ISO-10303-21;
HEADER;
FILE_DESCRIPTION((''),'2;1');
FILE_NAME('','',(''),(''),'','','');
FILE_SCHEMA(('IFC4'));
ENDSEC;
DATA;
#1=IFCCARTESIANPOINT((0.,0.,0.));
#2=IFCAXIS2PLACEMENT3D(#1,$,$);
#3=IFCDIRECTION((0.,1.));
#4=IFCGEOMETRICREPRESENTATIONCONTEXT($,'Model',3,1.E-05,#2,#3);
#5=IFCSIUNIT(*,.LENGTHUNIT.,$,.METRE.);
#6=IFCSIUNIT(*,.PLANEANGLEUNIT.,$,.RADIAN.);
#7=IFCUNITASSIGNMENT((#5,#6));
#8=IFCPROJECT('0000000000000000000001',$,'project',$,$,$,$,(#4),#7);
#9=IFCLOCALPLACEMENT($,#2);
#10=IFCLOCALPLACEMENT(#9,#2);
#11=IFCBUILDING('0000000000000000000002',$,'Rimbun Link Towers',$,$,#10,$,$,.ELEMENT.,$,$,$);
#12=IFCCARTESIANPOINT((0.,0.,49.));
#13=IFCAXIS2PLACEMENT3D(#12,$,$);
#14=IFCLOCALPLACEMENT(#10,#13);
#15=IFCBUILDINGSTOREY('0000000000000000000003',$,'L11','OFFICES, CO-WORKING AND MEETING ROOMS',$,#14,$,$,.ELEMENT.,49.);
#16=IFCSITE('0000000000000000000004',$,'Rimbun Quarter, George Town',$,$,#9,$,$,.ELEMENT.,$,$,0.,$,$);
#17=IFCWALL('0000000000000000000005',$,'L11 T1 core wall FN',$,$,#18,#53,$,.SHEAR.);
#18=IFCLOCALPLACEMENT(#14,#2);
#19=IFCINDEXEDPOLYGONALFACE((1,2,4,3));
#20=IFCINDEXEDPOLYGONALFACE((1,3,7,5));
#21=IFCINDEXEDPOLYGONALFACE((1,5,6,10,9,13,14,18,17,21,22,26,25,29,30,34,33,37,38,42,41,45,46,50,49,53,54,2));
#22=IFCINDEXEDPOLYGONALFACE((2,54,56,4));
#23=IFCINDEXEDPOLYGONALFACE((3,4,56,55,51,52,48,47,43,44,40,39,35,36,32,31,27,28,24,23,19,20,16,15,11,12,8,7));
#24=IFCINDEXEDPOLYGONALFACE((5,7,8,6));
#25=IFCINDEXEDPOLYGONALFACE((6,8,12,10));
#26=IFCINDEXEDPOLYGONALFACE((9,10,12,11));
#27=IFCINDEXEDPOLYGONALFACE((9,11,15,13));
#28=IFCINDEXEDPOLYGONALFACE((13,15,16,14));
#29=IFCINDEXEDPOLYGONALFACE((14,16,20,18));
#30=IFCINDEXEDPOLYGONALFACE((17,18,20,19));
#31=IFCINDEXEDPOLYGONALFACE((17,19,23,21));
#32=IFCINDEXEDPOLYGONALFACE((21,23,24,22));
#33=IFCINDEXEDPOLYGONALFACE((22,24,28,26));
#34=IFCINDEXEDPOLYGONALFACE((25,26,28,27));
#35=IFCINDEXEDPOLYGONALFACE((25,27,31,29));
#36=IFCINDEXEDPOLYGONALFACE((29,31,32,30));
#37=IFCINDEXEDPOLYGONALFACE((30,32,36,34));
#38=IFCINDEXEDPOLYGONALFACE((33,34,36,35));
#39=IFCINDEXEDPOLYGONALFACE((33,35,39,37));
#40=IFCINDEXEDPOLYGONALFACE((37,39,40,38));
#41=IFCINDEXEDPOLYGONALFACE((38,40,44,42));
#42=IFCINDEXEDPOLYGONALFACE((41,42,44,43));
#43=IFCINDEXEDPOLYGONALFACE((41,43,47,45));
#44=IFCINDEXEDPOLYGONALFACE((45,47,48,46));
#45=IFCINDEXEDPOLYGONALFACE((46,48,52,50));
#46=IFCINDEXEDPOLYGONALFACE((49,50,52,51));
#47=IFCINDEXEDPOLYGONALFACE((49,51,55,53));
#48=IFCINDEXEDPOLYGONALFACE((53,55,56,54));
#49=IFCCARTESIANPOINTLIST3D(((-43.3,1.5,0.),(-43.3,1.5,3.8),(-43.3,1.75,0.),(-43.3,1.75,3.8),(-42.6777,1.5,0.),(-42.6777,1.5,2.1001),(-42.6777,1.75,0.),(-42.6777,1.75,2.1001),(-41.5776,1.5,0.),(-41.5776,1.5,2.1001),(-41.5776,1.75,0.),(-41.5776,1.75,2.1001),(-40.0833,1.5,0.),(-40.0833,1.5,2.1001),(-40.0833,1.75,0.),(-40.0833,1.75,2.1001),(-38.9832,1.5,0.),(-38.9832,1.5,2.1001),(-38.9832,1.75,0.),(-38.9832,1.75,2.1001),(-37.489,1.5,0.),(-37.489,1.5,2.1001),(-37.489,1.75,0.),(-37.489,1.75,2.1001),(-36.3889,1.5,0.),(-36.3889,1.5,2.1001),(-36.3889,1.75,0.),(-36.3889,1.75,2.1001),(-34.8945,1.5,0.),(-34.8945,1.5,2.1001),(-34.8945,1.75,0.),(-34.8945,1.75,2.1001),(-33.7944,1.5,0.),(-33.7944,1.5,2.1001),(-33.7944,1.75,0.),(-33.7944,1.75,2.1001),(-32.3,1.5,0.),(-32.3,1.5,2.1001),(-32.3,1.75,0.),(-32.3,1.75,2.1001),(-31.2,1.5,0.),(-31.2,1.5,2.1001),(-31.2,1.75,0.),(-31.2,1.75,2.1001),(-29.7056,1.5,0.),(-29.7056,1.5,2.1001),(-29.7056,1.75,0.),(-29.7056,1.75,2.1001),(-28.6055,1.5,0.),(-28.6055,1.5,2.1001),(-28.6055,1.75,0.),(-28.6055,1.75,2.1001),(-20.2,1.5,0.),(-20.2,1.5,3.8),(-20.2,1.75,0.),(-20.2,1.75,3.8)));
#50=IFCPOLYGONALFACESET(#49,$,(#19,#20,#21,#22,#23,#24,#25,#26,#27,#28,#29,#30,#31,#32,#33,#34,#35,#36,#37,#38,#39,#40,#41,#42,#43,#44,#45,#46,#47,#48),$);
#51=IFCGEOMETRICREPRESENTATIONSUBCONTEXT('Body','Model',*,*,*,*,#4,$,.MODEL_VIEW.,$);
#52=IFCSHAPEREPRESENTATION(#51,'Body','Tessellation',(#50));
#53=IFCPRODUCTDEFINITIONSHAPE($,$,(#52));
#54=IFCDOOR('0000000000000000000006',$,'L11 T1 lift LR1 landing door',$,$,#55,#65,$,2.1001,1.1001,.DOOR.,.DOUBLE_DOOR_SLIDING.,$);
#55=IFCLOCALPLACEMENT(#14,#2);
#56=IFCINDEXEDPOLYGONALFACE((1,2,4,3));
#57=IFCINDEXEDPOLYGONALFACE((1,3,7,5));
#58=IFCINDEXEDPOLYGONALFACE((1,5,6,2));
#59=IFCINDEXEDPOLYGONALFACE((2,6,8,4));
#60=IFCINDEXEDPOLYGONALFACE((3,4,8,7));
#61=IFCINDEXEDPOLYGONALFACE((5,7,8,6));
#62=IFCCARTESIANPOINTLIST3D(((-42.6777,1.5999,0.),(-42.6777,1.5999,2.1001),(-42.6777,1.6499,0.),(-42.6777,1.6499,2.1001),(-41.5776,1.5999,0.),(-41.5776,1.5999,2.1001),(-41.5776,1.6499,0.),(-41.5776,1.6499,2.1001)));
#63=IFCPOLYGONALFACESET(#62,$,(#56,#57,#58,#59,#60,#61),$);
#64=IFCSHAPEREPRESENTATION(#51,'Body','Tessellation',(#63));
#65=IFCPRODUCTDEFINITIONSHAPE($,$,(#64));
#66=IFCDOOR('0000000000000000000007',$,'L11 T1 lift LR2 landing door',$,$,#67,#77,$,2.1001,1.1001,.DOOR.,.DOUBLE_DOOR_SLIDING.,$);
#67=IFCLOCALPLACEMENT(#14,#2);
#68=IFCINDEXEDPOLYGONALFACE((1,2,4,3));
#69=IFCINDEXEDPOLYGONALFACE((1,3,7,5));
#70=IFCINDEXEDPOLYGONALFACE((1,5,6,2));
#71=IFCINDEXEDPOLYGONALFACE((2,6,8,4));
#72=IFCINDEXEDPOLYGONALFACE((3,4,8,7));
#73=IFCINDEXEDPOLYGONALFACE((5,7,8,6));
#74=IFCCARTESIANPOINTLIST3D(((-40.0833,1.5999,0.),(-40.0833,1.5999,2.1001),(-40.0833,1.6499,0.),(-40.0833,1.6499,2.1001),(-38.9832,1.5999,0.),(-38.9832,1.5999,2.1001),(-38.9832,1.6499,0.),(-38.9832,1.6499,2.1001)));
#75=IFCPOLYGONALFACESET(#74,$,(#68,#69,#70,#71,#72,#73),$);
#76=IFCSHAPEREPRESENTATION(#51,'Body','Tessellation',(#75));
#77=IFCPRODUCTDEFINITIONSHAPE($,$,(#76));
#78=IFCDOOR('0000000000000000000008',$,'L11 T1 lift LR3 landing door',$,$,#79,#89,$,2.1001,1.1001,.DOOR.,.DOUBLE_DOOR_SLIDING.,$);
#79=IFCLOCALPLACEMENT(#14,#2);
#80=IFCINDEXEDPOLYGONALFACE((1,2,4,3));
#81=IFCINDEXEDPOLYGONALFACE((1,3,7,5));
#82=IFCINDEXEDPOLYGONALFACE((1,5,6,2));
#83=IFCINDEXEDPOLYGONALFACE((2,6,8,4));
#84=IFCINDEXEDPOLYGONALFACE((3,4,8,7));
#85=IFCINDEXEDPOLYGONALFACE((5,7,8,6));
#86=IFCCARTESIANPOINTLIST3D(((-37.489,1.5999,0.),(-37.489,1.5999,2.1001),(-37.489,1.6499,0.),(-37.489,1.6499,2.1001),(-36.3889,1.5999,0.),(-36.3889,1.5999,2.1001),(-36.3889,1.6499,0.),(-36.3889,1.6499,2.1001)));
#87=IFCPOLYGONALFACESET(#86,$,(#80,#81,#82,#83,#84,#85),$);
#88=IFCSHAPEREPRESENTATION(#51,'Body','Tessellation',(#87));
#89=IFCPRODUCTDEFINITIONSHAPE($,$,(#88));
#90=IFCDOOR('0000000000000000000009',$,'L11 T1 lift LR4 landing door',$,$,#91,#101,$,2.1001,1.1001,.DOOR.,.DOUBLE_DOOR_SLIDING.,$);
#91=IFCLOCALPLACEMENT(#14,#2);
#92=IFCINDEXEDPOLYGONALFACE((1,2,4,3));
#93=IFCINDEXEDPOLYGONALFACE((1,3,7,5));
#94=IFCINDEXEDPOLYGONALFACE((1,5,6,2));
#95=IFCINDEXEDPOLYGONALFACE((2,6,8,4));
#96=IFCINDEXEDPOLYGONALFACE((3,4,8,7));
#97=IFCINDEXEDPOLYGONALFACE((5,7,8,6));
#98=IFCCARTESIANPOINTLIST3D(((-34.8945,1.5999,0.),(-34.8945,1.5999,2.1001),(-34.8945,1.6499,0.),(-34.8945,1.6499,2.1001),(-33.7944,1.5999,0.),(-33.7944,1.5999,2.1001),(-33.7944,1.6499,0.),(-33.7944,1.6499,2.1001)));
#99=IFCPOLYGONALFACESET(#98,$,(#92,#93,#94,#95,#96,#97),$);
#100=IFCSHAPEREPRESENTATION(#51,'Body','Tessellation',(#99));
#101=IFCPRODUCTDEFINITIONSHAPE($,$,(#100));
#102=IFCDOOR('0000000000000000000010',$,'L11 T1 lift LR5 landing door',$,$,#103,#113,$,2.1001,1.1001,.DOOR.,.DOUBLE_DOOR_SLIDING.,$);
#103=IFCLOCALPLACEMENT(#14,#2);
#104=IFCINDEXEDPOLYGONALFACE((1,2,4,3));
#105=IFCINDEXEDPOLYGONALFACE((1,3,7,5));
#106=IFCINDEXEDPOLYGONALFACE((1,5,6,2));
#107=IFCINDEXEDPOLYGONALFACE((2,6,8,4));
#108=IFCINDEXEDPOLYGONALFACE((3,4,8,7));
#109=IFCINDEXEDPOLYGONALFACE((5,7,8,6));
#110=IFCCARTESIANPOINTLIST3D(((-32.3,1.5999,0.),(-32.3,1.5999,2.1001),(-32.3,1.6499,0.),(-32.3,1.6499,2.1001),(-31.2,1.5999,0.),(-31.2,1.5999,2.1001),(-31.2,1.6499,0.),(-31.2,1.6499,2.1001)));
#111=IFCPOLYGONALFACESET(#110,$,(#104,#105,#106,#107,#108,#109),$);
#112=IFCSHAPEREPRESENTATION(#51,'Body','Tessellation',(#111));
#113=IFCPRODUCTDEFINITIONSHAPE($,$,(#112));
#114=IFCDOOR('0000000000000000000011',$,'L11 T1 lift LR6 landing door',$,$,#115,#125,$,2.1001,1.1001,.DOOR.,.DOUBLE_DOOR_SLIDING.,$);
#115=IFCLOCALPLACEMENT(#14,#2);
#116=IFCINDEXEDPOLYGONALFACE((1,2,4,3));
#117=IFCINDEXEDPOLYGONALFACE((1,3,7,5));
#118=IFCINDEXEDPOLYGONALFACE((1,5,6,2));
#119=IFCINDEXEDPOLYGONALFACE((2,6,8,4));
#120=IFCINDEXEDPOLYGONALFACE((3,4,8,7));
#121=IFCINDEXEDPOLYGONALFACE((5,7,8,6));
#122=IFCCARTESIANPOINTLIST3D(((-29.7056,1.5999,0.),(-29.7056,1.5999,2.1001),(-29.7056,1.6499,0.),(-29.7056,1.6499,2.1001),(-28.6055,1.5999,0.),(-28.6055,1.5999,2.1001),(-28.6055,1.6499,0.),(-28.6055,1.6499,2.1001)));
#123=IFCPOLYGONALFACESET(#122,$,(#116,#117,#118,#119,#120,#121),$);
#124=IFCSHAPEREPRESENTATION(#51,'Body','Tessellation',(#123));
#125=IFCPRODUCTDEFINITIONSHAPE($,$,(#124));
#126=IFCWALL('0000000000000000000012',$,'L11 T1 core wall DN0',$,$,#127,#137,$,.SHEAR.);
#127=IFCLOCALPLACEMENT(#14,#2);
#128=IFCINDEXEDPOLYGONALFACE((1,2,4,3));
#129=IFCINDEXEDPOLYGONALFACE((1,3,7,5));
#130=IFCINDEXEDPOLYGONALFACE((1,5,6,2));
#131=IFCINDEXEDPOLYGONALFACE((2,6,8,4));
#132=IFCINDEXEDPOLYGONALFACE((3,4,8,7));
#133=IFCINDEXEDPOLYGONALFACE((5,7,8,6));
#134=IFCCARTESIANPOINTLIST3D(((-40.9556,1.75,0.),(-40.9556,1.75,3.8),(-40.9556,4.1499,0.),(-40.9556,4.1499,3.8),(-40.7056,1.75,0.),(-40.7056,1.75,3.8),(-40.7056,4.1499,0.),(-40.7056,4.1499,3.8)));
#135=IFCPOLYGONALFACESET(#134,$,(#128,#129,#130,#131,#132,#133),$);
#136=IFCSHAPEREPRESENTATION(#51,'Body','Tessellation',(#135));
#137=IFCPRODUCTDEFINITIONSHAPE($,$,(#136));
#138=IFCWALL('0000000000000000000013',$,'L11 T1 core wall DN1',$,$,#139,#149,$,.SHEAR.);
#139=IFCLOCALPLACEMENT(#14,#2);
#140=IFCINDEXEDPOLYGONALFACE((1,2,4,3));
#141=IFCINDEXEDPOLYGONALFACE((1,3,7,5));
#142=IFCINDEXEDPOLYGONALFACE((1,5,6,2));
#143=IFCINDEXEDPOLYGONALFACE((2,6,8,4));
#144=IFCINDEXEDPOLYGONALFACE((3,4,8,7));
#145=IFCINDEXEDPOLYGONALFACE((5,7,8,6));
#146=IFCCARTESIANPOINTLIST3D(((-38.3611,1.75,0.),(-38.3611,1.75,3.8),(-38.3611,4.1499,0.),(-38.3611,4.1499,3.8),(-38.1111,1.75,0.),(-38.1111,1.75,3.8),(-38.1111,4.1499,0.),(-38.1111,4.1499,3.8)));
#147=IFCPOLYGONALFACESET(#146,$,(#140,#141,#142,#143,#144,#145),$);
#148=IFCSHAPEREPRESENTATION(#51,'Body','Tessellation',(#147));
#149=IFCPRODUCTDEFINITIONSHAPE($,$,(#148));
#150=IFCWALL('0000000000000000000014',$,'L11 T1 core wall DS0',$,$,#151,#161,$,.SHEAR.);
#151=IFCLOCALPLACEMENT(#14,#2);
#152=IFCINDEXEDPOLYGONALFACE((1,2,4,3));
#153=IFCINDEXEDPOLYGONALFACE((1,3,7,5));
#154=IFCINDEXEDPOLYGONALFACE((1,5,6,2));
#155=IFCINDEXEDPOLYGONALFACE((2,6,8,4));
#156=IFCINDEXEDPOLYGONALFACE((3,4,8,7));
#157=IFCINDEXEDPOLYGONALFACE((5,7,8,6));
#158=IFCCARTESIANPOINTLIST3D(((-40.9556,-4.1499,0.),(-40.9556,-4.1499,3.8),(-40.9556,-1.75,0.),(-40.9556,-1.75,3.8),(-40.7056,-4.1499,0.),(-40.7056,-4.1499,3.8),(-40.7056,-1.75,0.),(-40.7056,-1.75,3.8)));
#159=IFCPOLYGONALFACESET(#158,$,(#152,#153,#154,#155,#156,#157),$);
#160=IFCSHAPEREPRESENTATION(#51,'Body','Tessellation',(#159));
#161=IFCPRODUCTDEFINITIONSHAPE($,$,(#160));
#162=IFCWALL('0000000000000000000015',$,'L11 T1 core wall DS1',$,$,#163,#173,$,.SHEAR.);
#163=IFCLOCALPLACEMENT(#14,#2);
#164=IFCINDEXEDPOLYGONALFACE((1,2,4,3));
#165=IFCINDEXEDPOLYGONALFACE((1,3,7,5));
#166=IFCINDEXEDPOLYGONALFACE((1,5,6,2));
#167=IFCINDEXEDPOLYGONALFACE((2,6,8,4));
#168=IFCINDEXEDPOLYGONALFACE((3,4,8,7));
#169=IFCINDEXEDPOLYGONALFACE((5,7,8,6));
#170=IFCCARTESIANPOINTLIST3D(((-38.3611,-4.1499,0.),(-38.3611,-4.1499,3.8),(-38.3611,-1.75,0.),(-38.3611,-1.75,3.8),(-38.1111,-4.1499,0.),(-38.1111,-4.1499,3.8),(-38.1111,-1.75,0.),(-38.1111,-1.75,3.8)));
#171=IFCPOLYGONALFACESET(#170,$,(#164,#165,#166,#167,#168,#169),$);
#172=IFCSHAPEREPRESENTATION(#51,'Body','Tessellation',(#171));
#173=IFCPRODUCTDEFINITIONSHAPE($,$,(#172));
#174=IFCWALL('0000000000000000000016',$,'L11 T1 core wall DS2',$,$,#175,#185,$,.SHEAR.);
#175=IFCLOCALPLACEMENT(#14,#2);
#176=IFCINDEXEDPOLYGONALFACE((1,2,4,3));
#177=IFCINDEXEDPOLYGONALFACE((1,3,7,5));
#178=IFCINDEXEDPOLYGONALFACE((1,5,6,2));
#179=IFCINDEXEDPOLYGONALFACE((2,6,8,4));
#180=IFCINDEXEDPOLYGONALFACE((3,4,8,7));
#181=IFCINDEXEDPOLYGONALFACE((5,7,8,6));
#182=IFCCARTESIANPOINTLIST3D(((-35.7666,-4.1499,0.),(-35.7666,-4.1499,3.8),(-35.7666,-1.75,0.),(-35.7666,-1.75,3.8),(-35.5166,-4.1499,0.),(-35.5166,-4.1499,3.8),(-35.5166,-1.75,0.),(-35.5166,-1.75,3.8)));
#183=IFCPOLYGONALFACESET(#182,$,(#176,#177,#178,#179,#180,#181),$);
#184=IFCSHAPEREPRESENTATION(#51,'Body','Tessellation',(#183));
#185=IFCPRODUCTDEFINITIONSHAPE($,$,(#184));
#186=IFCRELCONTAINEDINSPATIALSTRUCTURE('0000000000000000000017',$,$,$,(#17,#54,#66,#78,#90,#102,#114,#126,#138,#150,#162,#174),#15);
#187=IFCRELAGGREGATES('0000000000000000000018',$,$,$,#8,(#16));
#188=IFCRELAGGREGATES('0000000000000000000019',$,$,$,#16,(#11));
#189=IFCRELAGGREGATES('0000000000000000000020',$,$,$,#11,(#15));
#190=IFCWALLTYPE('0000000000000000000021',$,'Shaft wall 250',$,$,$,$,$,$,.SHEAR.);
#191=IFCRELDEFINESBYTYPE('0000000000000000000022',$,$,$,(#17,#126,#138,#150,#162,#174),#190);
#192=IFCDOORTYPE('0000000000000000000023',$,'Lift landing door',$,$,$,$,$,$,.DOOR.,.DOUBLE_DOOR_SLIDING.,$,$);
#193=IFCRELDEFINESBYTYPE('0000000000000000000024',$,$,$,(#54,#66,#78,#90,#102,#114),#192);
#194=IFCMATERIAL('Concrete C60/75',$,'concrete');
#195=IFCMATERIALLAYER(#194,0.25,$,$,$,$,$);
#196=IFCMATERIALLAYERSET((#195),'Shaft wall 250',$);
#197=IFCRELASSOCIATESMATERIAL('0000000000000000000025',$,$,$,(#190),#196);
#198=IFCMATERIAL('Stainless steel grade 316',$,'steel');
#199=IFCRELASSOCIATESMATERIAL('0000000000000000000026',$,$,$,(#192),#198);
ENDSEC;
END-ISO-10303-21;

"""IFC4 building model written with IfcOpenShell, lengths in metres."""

from ifc_helpers import new_model, si_unit, direction, frame, frame_2d, origin, place, context, subcontext, project, spatial, rectangle, extrude, material, layer, layer_set, type_object, element, fill, save


model = new_model("IFC4")

# Units and contexts
model_context = context("Model", 3, precision=1e-05, world=origin(), true_north=direction((0.0, 1.0)))
body_context = subcontext(model_context, "Body", "Model", "MODEL_VIEW")
ifc_project = project(units=[si_unit("LENGTHUNIT", "METRE"), si_unit("PLANEANGLEUNIT", "RADIAN")], contexts=[model_context])

# Site, building, storey
site_placement = place(None, origin())
site = spatial("IfcSite", under=ifc_project, at=site_placement, Name="Rimbun Quarter, George Town", CompositionType="ELEMENT", RefElevation=0.0)
building_placement = place(site_placement, origin())
building = spatial("IfcBuilding", under=site, at=building_placement, Name="Rimbun Link Towers", CompositionType="ELEMENT")
storey_placement = place(building_placement, frame((0.0, 0.0, 49.0)))
storey = spatial("IfcBuildingStorey", under=building, at=storey_placement, Name="L11", Description="OFFICES, CO-WORKING AND MEETING ROOMS", CompositionType="ELEMENT", Elevation=49.0)

# Wall, openings, doors
ifc_material_1 = material(Name="Concrete C60/75", Category="concrete")
ifc_layer_1 = layer(ifc_material_1, 0.25)
ifc_layer_set_1 = layer_set([ifc_layer_1], Name="Shaft wall 250")
wall_type_1 = type_object("IfcWallType", Name="Shaft wall 250", PredefinedType="SHEAR", material=ifc_layer_set_1)
wall_1_placement = place(storey_placement, frame((-43.3, 1.625, 0.0), z_axis=(0.0, 0.0, 1.0), x_axis=(1.0, 0.0, 0.0)))
wall_1 = element("IfcWall", 1, at=wall_1_placement, inside=storey, type_object=wall_type_1, Name="L11 T1 core wall FN", PredefinedType="SHEAR", context=body_context, shape_type="SweptSolid", body=[
    extrude(rectangle(XDim=23.1001, YDim=0.25, at=frame_2d((11.55, 0.0))), origin(), (0.0, 0.0, 1.0), 3.8),
])
opening_1_placement = place(wall_1_placement, frame((0.6223, 0.0, 0.0)))
opening_1 = element("IfcOpeningElement", 2, at=opening_1_placement, cuts=wall_1, PredefinedType="OPENING", context=body_context, shape_type="SweptSolid", body=[
    extrude(rectangle(XDim=1.1001, YDim=2.1001, at=frame_2d((0.55, 1.05))), frame((0.0, 0.135, 0.0), z_axis=(0.0, -1.0, 0.0), x_axis=(1.0, 0.0, 0.0)), (0.0, 0.0, 1.0), 0.27),
])
opening_2_placement = place(wall_1_placement, frame((3.2168, 0.0, 0.0)))
opening_2 = element("IfcOpeningElement", 3, at=opening_2_placement, cuts=wall_1, PredefinedType="OPENING", context=body_context, shape_type="SweptSolid", body=[
    extrude(rectangle(XDim=1.1001, YDim=2.1001, at=frame_2d((0.55, 1.05))), frame((0.0, 0.135, 0.0), z_axis=(0.0, -1.0, 0.0), x_axis=(1.0, 0.0, 0.0)), (0.0, 0.0, 1.0), 0.27),
])
opening_3_placement = place(wall_1_placement, frame((5.811, 0.0, 0.0)))
opening_3 = element("IfcOpeningElement", 4, at=opening_3_placement, cuts=wall_1, PredefinedType="OPENING", context=body_context, shape_type="SweptSolid", body=[
    extrude(rectangle(XDim=1.1001, YDim=2.1001, at=frame_2d((0.55, 1.05))), frame((0.0, 0.135, 0.0), z_axis=(0.0, -1.0, 0.0), x_axis=(1.0, 0.0, 0.0)), (0.0, 0.0, 1.0), 0.27),
])
opening_4_placement = place(wall_1_placement, frame((8.4055, 0.0, 0.0)))
opening_4 = element("IfcOpeningElement", 5, at=opening_4_placement, cuts=wall_1, PredefinedType="OPENING", context=body_context, shape_type="SweptSolid", body=[
    extrude(rectangle(XDim=1.1001, YDim=2.1001, at=frame_2d((0.55, 1.05))), frame((0.0, 0.135, 0.0), z_axis=(0.0, -1.0, 0.0), x_axis=(1.0, 0.0, 0.0)), (0.0, 0.0, 1.0), 0.27),
])
opening_5_placement = place(wall_1_placement, frame((11.0, 0.0, 0.0)))
opening_5 = element("IfcOpeningElement", 6, at=opening_5_placement, cuts=wall_1, PredefinedType="OPENING", context=body_context, shape_type="SweptSolid", body=[
    extrude(rectangle(XDim=1.1001, YDim=2.1001, at=frame_2d((0.55, 1.05))), frame((0.0, 0.135, 0.0), z_axis=(0.0, -1.0, 0.0), x_axis=(1.0, 0.0, 0.0)), (0.0, 0.0, 1.0), 0.27),
])
opening_6_placement = place(wall_1_placement, frame((13.5945, 0.0, 0.0)))
opening_6 = element("IfcOpeningElement", 7, at=opening_6_placement, cuts=wall_1, PredefinedType="OPENING", context=body_context, shape_type="SweptSolid", body=[
    extrude(rectangle(XDim=1.1001, YDim=2.1001, at=frame_2d((0.55, 1.05))), frame((0.0, 0.135, 0.0), z_axis=(0.0, -1.0, 0.0), x_axis=(1.0, 0.0, 0.0)), (0.0, 0.0, 1.0), 0.27),
])
ifc_material_2 = material(Name="Stainless steel grade 316", Category="steel")
door_type = type_object("IfcDoorType", Name="Lift landing door", OperationType="DOUBLE_DOOR_SLIDING", PredefinedType="DOOR", material=ifc_material_2)
door_1_placement = place(opening_1_placement, origin())
door_1 = element("IfcDoor", 8, at=door_1_placement, inside=storey, type_object=door_type, Name="L11 T1 lift LR1 landing door", OperationType="DOUBLE_DOOR_SLIDING", OverallHeight=2.1001, OverallWidth=1.1001, PredefinedType="DOOR", context=body_context, shape_type="SweptSolid", body=[
    extrude(rectangle(XDim=1.1001, YDim=2.1001, at=frame_2d((0.55, 1.05))), frame((0.0, 0.0249, 0.0), z_axis=(0.0, -1.0, 0.0), x_axis=(1.0, 0.0, 0.0)), (0.0, 0.0, 1.0), 0.05),
])
fill(opening_1, door_1)
door_2_placement = place(opening_2_placement, origin())
door_2 = element("IfcDoor", 9, at=door_2_placement, inside=storey, type_object=door_type, Name="L11 T1 lift LR2 landing door", OperationType="DOUBLE_DOOR_SLIDING", OverallHeight=2.1001, OverallWidth=1.1001, PredefinedType="DOOR", context=body_context, shape_type="SweptSolid", body=[
    extrude(rectangle(XDim=1.1001, YDim=2.1001, at=frame_2d((0.55, 1.05))), frame((0.0, 0.0249, 0.0), z_axis=(0.0, -1.0, 0.0), x_axis=(1.0, 0.0, 0.0)), (0.0, 0.0, 1.0), 0.05),
])
fill(opening_2, door_2)
door_3_placement = place(opening_3_placement, origin())
door_3 = element("IfcDoor", 10, at=door_3_placement, inside=storey, type_object=door_type, Name="L11 T1 lift LR3 landing door", OperationType="DOUBLE_DOOR_SLIDING", OverallHeight=2.1001, OverallWidth=1.1001, PredefinedType="DOOR", context=body_context, shape_type="SweptSolid", body=[
    extrude(rectangle(XDim=1.1001, YDim=2.1001, at=frame_2d((0.55, 1.05))), frame((0.0, 0.0249, 0.0), z_axis=(0.0, -1.0, 0.0), x_axis=(1.0, 0.0, 0.0)), (0.0, 0.0, 1.0), 0.05),
])
fill(opening_3, door_3)
door_4_placement = place(opening_4_placement, origin())
door_4 = element("IfcDoor", 11, at=door_4_placement, inside=storey, type_object=door_type, Name="L11 T1 lift LR4 landing door", OperationType="DOUBLE_DOOR_SLIDING", OverallHeight=2.1001, OverallWidth=1.1001, PredefinedType="DOOR", context=body_context, shape_type="SweptSolid", body=[
    extrude(rectangle(XDim=1.1001, YDim=2.1001, at=frame_2d((0.55, 1.05))), frame((0.0, 0.0249, 0.0), z_axis=(0.0, -1.0, 0.0), x_axis=(1.0, 0.0, 0.0)), (0.0, 0.0, 1.0), 0.05),
])
fill(opening_4, door_4)
door_5_placement = place(opening_5_placement, origin())
door_5 = element("IfcDoor", 12, at=door_5_placement, inside=storey, type_object=door_type, Name="L11 T1 lift LR5 landing door", OperationType="DOUBLE_DOOR_SLIDING", OverallHeight=2.1001, OverallWidth=1.1001, PredefinedType="DOOR", context=body_context, shape_type="SweptSolid", body=[
    extrude(rectangle(XDim=1.1001, YDim=2.1001, at=frame_2d((0.55, 1.05))), frame((0.0, 0.0249, 0.0), z_axis=(0.0, -1.0, 0.0), x_axis=(1.0, 0.0, 0.0)), (0.0, 0.0, 1.0), 0.05),
])
fill(opening_5, door_5)
door_6_placement = place(opening_6_placement, origin())
door_6 = element("IfcDoor", 13, at=door_6_placement, inside=storey, type_object=door_type, Name="L11 T1 lift LR6 landing door", OperationType="DOUBLE_DOOR_SLIDING", OverallHeight=2.1001, OverallWidth=1.1001, PredefinedType="DOOR", context=body_context, shape_type="SweptSolid", body=[
    extrude(rectangle(XDim=1.1001, YDim=2.1001, at=frame_2d((0.55, 1.05))), frame((0.0, 0.0249, 0.0), z_axis=(0.0, -1.0, 0.0), x_axis=(1.0, 0.0, 0.0)), (0.0, 0.0, 1.0), 0.05),
])
fill(opening_6, door_6)

# Walls
for number, where, z_axis, x_axis, name in (
    (14, (-40.8306, 1.75, 0.0), (0.0, 0.0, 1.0), (0.0, 1.0, 0.0), "L11 T1 core wall DN0"),
    (15, (-38.2361, 1.75, 0.0), (0.0, 0.0, 1.0), (0.0, 1.0, 0.0), "L11 T1 core wall DN1"),
    (16, (-40.8306, -4.1499, 0.0), (0.0, 0.0, 1.0), (0.0, 1.0, 0.0), "L11 T1 core wall DS0"),
    (17, (-38.2361, -4.1499, 0.0), (0.0, 0.0, 1.0), (0.0, 1.0, 0.0), "L11 T1 core wall DS1"),
    (18, (-35.6416, -4.1499, 0.0), (0.0, 0.0, 1.0), (0.0, 1.0, 0.0), "L11 T1 core wall DS2"),
):
    element("IfcWall", number, at=place(storey_placement, frame(where, z_axis=z_axis, x_axis=x_axis)), inside=storey, type_object=wall_type_1, Name=name, PredefinedType="SHEAR", context=body_context, shape_type="SweptSolid", body=[
        extrude(rectangle(XDim=2.3999, YDim=0.25, at=frame_2d((1.2, 0.0))), origin(), (0.0, 0.0, 1.0), 3.8),
    ])

save(model, "model.ifc")
